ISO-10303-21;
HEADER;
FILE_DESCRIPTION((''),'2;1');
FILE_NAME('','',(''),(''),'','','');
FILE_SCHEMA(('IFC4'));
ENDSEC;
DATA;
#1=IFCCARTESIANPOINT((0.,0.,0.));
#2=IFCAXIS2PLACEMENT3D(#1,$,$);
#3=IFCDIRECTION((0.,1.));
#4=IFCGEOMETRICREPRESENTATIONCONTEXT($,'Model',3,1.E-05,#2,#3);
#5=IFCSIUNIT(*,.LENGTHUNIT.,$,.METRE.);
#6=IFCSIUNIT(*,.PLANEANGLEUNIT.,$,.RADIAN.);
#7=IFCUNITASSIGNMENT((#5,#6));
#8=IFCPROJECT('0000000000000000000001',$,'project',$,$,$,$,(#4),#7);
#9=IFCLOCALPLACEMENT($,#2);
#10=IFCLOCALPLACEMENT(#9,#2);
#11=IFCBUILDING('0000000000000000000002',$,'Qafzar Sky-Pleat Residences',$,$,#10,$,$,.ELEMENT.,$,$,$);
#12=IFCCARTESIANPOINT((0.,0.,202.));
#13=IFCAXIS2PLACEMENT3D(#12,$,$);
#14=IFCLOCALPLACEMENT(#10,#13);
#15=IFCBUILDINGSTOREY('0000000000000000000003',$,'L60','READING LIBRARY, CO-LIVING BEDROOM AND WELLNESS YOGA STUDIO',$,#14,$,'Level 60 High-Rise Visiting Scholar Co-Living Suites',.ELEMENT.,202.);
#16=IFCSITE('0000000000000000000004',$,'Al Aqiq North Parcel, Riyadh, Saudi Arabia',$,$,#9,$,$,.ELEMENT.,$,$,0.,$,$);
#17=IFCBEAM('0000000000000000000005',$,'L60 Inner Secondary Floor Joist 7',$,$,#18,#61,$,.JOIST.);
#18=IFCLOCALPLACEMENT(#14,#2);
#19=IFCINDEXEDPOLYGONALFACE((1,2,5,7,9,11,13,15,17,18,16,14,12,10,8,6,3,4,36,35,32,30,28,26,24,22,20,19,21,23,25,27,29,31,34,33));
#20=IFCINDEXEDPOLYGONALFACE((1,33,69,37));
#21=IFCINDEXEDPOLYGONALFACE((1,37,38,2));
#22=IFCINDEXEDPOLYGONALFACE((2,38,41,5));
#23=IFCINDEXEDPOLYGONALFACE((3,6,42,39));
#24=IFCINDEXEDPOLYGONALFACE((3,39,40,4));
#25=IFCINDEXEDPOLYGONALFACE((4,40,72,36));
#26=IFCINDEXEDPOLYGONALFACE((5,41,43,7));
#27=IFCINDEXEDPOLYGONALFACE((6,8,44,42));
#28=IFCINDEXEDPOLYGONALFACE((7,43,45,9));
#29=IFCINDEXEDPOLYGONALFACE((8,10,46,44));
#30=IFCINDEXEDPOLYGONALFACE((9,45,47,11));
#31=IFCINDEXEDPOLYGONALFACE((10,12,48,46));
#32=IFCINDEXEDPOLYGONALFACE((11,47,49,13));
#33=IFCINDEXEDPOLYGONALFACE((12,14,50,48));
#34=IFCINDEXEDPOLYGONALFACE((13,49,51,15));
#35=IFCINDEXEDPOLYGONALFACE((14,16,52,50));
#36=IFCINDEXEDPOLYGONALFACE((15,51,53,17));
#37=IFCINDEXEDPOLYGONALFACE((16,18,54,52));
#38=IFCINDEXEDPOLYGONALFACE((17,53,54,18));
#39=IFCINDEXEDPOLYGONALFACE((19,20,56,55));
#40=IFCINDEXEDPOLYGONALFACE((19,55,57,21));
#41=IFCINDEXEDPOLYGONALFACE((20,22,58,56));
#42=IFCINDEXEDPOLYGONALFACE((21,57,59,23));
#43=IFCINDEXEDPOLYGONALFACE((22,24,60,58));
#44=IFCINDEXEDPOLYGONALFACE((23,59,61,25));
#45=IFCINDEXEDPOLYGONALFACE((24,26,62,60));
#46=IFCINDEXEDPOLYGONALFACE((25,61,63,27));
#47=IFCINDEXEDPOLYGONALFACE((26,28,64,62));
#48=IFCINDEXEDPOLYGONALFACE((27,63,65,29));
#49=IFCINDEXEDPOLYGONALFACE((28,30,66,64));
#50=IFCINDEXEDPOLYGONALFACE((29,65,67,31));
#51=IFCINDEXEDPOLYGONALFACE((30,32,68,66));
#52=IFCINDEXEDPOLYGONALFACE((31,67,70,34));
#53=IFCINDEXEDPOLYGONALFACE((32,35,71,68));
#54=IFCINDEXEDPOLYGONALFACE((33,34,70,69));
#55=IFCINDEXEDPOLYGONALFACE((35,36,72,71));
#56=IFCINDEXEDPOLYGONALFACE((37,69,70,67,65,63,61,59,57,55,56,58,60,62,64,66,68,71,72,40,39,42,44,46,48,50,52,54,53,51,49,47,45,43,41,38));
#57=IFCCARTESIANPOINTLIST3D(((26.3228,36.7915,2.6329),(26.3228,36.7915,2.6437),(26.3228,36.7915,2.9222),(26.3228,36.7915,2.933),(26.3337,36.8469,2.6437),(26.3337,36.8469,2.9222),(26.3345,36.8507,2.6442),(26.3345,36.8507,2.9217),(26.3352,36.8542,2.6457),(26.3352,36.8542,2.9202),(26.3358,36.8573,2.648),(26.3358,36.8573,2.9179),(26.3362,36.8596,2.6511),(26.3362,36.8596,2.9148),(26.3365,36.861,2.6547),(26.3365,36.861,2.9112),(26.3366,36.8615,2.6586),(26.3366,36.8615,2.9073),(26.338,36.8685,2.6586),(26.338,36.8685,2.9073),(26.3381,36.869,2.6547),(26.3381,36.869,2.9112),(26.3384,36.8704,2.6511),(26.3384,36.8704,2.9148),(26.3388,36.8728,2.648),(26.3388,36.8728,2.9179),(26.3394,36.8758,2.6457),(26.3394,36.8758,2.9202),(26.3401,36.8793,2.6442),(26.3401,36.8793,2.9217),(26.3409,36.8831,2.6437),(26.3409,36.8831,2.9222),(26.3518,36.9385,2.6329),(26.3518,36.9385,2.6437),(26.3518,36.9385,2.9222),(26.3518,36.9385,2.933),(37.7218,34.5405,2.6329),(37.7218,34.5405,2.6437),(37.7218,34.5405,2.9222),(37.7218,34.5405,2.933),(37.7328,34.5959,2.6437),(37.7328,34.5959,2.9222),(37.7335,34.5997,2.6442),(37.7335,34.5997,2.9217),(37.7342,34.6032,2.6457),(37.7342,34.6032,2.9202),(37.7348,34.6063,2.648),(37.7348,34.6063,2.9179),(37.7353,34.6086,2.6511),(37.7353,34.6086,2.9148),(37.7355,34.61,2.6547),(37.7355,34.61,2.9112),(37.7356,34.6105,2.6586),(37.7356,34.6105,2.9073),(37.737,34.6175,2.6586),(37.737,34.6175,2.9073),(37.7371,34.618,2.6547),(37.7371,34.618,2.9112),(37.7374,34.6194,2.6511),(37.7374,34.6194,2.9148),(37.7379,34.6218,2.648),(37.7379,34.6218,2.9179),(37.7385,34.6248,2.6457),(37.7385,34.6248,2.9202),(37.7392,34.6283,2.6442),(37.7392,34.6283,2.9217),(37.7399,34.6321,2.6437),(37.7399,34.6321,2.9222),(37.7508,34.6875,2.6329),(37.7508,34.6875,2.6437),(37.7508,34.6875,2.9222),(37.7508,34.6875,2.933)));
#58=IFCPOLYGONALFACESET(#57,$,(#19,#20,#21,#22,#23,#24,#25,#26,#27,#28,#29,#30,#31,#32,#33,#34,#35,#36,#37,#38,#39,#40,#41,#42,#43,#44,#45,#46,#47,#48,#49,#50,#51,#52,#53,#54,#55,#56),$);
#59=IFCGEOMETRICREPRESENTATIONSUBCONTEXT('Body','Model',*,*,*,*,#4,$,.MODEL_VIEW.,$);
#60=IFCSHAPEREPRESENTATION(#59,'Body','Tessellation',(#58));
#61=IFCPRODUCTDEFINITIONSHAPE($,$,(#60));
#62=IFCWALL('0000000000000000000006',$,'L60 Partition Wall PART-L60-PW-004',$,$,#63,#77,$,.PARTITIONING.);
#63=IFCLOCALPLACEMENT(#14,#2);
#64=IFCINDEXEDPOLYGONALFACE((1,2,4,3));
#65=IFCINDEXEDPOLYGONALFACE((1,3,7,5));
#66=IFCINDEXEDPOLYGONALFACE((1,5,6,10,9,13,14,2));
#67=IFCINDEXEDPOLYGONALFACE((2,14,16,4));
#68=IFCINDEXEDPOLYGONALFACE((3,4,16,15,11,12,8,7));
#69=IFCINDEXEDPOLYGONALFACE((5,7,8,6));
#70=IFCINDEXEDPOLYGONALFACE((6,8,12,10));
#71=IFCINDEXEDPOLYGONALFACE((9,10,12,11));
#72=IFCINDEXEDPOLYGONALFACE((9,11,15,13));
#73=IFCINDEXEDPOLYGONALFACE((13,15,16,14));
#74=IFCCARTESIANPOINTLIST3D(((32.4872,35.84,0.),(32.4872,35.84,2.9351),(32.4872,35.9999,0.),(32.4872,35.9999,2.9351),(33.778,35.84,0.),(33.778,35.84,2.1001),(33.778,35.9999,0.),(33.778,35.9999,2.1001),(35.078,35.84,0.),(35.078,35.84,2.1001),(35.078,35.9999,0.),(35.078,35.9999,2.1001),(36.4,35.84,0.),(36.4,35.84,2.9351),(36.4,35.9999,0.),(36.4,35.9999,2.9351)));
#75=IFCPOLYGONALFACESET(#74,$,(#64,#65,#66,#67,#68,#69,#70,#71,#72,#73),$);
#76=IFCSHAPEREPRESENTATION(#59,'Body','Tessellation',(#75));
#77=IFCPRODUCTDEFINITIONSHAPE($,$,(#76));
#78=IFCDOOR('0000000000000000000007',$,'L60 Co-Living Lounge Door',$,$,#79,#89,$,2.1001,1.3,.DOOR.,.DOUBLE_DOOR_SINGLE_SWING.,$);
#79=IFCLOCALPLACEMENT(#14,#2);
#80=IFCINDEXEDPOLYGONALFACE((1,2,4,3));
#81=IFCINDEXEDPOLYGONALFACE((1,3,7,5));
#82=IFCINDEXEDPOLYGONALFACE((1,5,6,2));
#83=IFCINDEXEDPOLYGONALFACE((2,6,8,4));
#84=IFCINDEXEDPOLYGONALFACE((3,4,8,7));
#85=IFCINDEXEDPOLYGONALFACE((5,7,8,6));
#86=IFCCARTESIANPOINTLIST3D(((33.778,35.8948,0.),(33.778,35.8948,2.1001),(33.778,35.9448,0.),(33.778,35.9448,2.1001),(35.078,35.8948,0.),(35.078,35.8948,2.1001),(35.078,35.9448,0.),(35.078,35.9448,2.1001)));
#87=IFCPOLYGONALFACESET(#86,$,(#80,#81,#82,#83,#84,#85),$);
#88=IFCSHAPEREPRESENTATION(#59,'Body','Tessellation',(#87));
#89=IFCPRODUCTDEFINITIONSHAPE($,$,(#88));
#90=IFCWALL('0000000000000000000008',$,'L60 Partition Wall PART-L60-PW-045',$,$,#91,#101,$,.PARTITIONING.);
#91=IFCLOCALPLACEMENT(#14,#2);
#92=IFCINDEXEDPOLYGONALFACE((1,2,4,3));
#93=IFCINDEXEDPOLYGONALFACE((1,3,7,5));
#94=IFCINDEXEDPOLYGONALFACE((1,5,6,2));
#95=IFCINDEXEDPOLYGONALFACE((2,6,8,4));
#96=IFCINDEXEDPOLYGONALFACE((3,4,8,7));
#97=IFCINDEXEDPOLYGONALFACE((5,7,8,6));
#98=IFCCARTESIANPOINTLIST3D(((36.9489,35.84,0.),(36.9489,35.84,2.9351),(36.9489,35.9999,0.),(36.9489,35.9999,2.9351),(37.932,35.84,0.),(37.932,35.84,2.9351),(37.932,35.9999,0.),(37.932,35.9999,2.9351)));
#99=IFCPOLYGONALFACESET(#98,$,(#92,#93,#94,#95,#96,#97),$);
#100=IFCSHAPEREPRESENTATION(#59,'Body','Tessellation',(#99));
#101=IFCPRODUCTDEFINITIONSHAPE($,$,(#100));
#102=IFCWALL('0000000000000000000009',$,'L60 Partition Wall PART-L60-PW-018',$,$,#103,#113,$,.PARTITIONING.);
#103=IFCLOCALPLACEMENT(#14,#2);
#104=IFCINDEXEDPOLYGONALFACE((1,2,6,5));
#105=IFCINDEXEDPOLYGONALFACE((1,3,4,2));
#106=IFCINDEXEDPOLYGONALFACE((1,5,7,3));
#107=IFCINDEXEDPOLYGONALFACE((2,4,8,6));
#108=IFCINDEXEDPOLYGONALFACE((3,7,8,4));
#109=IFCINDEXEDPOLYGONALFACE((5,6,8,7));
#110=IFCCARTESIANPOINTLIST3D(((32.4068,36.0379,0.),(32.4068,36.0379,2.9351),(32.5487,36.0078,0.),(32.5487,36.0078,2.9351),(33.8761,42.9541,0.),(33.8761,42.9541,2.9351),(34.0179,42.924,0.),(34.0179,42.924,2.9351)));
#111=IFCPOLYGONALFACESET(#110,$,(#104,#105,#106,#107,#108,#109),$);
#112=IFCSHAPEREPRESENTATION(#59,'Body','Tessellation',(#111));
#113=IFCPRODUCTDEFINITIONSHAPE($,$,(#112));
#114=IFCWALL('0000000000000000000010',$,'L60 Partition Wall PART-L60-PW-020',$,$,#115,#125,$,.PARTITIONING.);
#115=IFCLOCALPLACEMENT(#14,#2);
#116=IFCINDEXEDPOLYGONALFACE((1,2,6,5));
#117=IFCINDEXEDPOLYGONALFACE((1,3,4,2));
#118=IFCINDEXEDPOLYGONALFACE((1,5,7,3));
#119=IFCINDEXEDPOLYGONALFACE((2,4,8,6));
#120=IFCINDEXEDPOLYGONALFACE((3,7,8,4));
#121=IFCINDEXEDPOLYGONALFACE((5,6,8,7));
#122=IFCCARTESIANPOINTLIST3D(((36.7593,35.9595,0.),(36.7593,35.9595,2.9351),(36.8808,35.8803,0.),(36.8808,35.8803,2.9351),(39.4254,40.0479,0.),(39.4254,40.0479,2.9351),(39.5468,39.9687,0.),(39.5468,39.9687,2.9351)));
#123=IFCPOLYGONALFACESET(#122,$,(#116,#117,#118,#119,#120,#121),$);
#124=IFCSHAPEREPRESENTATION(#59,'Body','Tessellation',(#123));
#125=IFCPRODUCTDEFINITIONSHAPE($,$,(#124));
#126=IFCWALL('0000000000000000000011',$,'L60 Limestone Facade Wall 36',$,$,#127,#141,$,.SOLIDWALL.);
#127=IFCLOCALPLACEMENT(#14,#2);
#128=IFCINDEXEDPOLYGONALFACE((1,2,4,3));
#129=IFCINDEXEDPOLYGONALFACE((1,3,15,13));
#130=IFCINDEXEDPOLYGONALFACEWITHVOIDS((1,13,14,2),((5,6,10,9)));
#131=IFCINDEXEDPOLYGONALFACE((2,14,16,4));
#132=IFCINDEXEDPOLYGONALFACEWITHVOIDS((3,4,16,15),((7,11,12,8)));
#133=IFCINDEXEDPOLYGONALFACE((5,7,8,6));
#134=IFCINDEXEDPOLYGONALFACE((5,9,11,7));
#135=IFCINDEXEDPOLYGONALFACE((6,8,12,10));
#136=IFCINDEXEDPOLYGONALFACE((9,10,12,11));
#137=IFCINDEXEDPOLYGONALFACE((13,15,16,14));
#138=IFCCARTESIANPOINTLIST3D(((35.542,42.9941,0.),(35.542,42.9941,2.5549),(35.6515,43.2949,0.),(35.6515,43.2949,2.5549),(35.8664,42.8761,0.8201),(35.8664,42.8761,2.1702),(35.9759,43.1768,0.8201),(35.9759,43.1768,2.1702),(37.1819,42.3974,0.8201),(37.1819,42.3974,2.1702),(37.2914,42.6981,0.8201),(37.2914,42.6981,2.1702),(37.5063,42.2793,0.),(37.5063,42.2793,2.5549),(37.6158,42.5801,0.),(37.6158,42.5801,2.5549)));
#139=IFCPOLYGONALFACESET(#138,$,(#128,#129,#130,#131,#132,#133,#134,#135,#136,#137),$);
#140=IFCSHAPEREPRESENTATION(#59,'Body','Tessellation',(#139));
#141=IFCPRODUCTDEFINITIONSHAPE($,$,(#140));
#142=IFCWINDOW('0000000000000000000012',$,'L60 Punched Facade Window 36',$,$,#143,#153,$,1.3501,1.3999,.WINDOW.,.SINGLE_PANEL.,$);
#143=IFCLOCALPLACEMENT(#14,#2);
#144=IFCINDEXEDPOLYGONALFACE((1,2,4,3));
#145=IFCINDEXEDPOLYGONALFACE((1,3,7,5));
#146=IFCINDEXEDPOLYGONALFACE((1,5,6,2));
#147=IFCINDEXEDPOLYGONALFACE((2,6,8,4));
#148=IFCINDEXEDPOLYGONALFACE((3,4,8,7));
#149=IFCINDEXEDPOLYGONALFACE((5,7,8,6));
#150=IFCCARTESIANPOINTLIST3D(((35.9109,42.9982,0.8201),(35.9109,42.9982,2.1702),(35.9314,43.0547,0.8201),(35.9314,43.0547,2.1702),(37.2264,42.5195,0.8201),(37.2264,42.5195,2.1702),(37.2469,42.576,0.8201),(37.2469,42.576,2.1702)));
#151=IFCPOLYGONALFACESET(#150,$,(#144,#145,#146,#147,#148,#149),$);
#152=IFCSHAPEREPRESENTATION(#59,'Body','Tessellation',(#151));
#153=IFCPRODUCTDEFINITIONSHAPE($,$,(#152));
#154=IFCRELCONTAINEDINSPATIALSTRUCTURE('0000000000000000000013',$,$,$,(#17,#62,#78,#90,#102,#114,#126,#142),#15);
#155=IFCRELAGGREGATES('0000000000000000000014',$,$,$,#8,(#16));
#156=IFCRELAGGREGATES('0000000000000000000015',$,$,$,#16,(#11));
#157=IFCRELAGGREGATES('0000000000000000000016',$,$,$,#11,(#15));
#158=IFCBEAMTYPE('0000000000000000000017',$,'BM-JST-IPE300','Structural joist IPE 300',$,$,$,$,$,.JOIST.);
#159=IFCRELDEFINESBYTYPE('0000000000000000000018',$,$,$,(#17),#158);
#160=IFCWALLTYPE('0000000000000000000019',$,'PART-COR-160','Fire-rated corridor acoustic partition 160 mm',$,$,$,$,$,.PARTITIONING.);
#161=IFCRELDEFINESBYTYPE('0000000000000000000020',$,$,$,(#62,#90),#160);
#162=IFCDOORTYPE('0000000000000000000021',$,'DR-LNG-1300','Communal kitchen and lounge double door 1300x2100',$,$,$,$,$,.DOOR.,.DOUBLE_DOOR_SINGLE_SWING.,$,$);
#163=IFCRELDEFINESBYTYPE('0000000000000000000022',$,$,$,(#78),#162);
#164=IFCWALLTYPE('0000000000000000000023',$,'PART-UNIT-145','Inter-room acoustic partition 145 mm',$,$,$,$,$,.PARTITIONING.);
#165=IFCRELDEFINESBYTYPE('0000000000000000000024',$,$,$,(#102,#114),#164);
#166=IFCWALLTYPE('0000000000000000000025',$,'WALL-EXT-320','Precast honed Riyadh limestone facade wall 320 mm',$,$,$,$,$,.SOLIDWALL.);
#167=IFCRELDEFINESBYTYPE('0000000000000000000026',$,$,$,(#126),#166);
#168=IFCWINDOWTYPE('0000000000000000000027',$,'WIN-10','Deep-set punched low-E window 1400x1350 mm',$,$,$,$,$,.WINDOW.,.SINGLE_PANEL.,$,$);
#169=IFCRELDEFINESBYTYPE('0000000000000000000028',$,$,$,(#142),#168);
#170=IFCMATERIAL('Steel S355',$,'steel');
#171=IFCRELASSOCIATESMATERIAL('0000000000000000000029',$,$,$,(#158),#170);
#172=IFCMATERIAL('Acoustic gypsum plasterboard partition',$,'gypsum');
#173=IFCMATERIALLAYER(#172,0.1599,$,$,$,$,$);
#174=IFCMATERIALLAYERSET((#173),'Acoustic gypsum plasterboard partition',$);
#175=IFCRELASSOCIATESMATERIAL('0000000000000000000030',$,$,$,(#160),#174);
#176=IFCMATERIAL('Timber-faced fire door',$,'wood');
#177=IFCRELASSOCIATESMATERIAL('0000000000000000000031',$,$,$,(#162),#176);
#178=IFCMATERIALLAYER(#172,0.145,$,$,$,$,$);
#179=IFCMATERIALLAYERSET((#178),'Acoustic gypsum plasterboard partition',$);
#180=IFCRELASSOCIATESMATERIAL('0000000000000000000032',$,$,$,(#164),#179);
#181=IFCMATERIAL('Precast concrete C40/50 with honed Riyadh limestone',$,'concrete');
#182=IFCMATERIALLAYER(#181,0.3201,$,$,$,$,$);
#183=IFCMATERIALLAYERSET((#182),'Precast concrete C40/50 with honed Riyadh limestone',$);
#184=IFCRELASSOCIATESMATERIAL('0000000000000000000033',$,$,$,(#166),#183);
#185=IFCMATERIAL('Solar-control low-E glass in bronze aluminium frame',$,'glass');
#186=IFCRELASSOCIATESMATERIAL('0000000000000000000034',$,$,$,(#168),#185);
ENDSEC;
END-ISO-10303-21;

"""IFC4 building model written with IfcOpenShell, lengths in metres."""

from ifc_helpers import new_model, si_unit, direction, frame, frame_2d, origin, origin_2d, place, context, subcontext, project, spatial, rectangle, i_section, extrude, source, transform, mapped, material, layer, layer_set, material_profile, profile_set, type_object, element, fill, save


model = new_model("IFC4")

# Units and contexts
model_context = context("Model", 3, precision=1e-05, world=origin(), true_north=direction((0.0, 1.0)))
body_context = subcontext(model_context, "Body", "Model", "MODEL_VIEW")
ifc_project = project(units=[si_unit("LENGTHUNIT", "METRE"), si_unit("PLANEANGLEUNIT", "RADIAN")], contexts=[model_context])

# Site, building, storey
site_placement = place(None, origin())
site = spatial("IfcSite", under=ifc_project, at=site_placement, Name="Al Aqiq North Parcel, Riyadh, Saudi Arabia", CompositionType="ELEMENT", RefElevation=0.0)
building_placement = place(site_placement, origin())
building = spatial("IfcBuilding", under=site, at=building_placement, Name="Qafzar Sky-Pleat Residences", CompositionType="ELEMENT")
storey_placement = place(building_placement, frame((0.0, 0.0, 202.0)))
storey = spatial("IfcBuildingStorey", under=building, at=storey_placement, Name="L60", Description="READING LIBRARY, CO-LIVING BEDROOM AND WELLNESS YOGA STUDIO", LongName="Level 60 High-Rise Visiting Scholar Co-Living Suites", CompositionType="ELEMENT", Elevation=202.0)

# Shared definitions
ifc_material_1 = material(Name="Steel S355", Category="steel")

# Beam
ifc_material_profile_1 = material_profile(ifc_material_1, i_section(OverallWidth=0.1499, OverallDepth=0.3, WebThickness=0.0071, FlangeThickness=0.0107, FilletRadius=0.0149, at=origin_2d()), Name="IPE 300")
ifc_profile_set_1 = profile_set([ifc_material_profile_1], Name="Steel S355")
beam_type_1 = type_object("IfcBeamType", Name="BM-JST-IPE300", Description="Structural joist IPE 300", PredefinedType="JOIST", material=ifc_profile_set_1)
shared_shape_1 = source(origin(), body_context, "Body", "SweptSolid", [
    extrude(i_section(OverallWidth=0.1499, OverallDepth=0.3, WebThickness=0.0071, FlangeThickness=0.0107, FilletRadius=0.0149, at=origin_2d()), origin(), (0.0, 0.0, 1.0), 11.6191),
])
beam_1_placement = place(storey_placement, frame((37.7363, 34.614, 2.783), z_axis=(-0.981055, 0.193731, 0.0), x_axis=(-0.193731, -0.981055, 0.0)))
element("IfcBeam", 1, at=beam_1_placement, inside=storey, type_object=beam_type_1, Name="L60 Inner Secondary Floor Joist 7", PredefinedType="JOIST", context=body_context, shape_type="MappedRepresentation", body=[
    mapped(shared_shape_1, transform((0.0, 0.0, 0.0), x_axis=(1.0, 0.0, 0.0), y_axis=(0.0, 1.0, 0.0), z_axis=(0.0, 0.0, 1.0), scale=1.0)),
])

# Wall, opening, door
ifc_material_2 = material(Name="Acoustic gypsum plasterboard partition", Category="gypsum")
ifc_layer_1 = layer(ifc_material_2, 0.1599)
ifc_layer_set_1 = layer_set([ifc_layer_1], Name="Acoustic gypsum plasterboard partition")
wall_type_1 = type_object("IfcWallType", Name="PART-COR-160", Description="Fire-rated corridor acoustic partition 160 mm", PredefinedType="PARTITIONING", material=ifc_layer_set_1)
wall_1_placement = place(storey_placement, frame((32.4871, 35.9199, 0.0), z_axis=(0.0, 0.0, 1.0), x_axis=(1.0, 0.0, 0.0)))
wall_1 = element("IfcWall", 2, at=wall_1_placement, inside=storey, type_object=wall_type_1, Name="L60 Partition Wall PART-L60-PW-004", PredefinedType="PARTITIONING", context=body_context, shape_type="SweptSolid", body=[
    extrude(rectangle(XDim=3.9128, YDim=0.1599, at=frame_2d((1.9565, 0.0))), origin(), (0.0, 0.0, 1.0), 2.9351),
])
opening_1_placement = place(wall_1_placement, frame((1.291, 0.0, 0.0)))
opening_1 = element("IfcOpeningElement", 3, at=opening_1_placement, cuts=wall_1, PredefinedType="OPENING", context=body_context, shape_type="SweptSolid", body=[
    extrude(rectangle(XDim=1.3, YDim=2.1001, at=frame_2d((0.6499, 1.05))), frame((0.0, 0.0898, 0.0), z_axis=(0.0, -1.0, 0.0), x_axis=(1.0, 0.0, 0.0)), (0.0, 0.0, 1.0), 0.1799),
])
ifc_material_3 = material(Name="Timber-faced fire door", Category="wood")
door_type_1 = type_object("IfcDoorType", Name="DR-LNG-1300", Description="Communal kitchen and lounge double door 1300x2100", OperationType="DOUBLE_DOOR_SINGLE_SWING", PredefinedType="DOOR", material=ifc_material_3)
shared_shape_2 = source(origin(), body_context, "Body", "SweptSolid", [
    extrude(rectangle(XDim=1.3, YDim=2.1001, at=frame_2d((0.6499, 1.05))), frame((0.0, 0.0249, 0.0), z_axis=(0.0, -1.0, 0.0), x_axis=(1.0, 0.0, 0.0)), (0.0, 0.0, 1.0), 0.05),
])
door_1_placement = place(opening_1_placement, origin())
door_1 = element("IfcDoor", 4, at=door_1_placement, inside=storey, type_object=door_type_1, Name="L60 Co-Living Lounge Door", OperationType="DOUBLE_DOOR_SINGLE_SWING", OverallHeight=2.1001, OverallWidth=1.3, PredefinedType="DOOR", context=body_context, shape_type="MappedRepresentation", body=[
    mapped(shared_shape_2, transform((0.0, 0.0, 0.0), x_axis=(1.0, 0.0, 0.0), y_axis=(0.0, 1.0, 0.0), z_axis=(0.0, 0.0, 1.0), scale=1.0)),
])
fill(opening_1, door_1)

# Walls
wall_2_placement = place(storey_placement, frame((36.9487, 35.9199, 0.0), z_axis=(0.0, 0.0, 1.0), x_axis=(1.0, 0.0, 0.0)))
element("IfcWall", 5, at=wall_2_placement, inside=storey, type_object=wall_type_1, Name="L60 Partition Wall PART-L60-PW-045", PredefinedType="PARTITIONING", context=body_context, shape_type="SweptSolid", body=[
    extrude(rectangle(XDim=0.9832, YDim=0.1599, at=frame_2d((0.4917, 0.0))), origin(), (0.0, 0.0, 1.0), 2.9351),
])
ifc_layer_2 = layer(ifc_material_2, 0.145)
ifc_layer_set_2 = layer_set([ifc_layer_2], Name="Acoustic gypsum plasterboard partition")
wall_type_2 = type_object("IfcWallType", Name="PART-UNIT-145", Description="Inter-room acoustic partition 145 mm", PredefinedType="PARTITIONING", material=ifc_layer_set_2)
wall_3_placement = place(storey_placement, frame((32.4778, 36.0229, 0.0), z_axis=(0.0, 0.0, 1.0), x_axis=(0.207796, 0.978172, 0.0)))
element("IfcWall", 6, at=wall_3_placement, inside=storey, type_object=wall_type_2, Name="L60 Partition Wall PART-L60-PW-018", PredefinedType="PARTITIONING", context=body_context, shape_type="SweptSolid", body=[
    extrude(rectangle(XDim=7.0706, YDim=0.145, at=frame_2d((3.5352, 0.0))), origin(), (0.0, 0.0, 1.0), 2.9351),
])
wall_4_placement = place(storey_placement, frame((36.8201, 35.9199, 0.0), z_axis=(0.0, 0.0, 1.0), x_axis=(0.546222, 0.83764, 0.0)))
element("IfcWall", 7, at=wall_4_placement, inside=storey, type_object=wall_type_2, Name="L60 Partition Wall PART-L60-PW-020", PredefinedType="PARTITIONING", context=body_context, shape_type="SweptSolid", body=[
    extrude(rectangle(XDim=4.8809, YDim=0.145, at=frame_2d((2.4404, 0.0))), origin(), (0.0, 0.0, 1.0), 2.9351),
])

# Wall, opening, window
ifc_material_4 = material(Name="Precast concrete C40/50 with honed Riyadh limestone", Category="concrete")
ifc_layer_3 = layer(ifc_material_4, 0.3201)
ifc_layer_set_3 = layer_set([ifc_layer_3], Name="Precast concrete C40/50 with honed Riyadh limestone")
wall_type_3 = type_object("IfcWallType", Name="WALL-EXT-320", Description="Precast honed Riyadh limestone facade wall 320 mm", PredefinedType="SOLIDWALL", material=ifc_layer_set_3)
wall_5_placement = place(storey_placement, frame((37.561, 42.4297, 0.0), z_axis=(0.0, 0.0, 1.0), x_axis=(-0.939712, 0.341968, 0.0)))
wall_5 = element("IfcWall", 8, at=wall_5_placement, inside=storey, type_object=wall_type_3, Name="L60 Limestone Facade Wall 36", PredefinedType="SOLIDWALL", context=body_context, shape_type="SweptSolid", body=[
    extrude(rectangle(XDim=2.0903, YDim=0.3201, at=frame_2d((1.0452, 0.0))), origin(), (0.0, 0.0, 1.0), 2.5549),
])
opening_2_placement = place(wall_5_placement, frame((0.3452, 0.0, 0.8201)))
opening_2 = element("IfcOpeningElement", 9, at=opening_2_placement, cuts=wall_5, PredefinedType="OPENING", context=body_context, shape_type="SweptSolid", body=[
    extrude(rectangle(XDim=1.3999, YDim=1.3501, at=frame_2d((0.7, 0.675))), frame((0.0, 0.1699, 0.0), z_axis=(0.0, -1.0, 0.0), x_axis=(1.0, 0.0, 0.0)), (0.0, 0.0, 1.0), 0.3401),
])
ifc_material_5 = material(Name="Solar-control low-E glass in bronze aluminium frame", Category="glass")
window_type_1 = type_object("IfcWindowType", Name="WIN-10", Description="Deep-set punched low-E window 1400x1350 mm", PartitioningType="SINGLE_PANEL", PredefinedType="WINDOW", material=ifc_material_5)
shared_shape_3 = source(origin(), body_context, "Body", "SweptSolid", [
    extrude(rectangle(XDim=1.3999, YDim=1.3501, at=frame_2d((0.7, 0.675))), frame((0.0, 0.03, 0.0), z_axis=(0.0, -1.0, 0.0), x_axis=(1.0, 0.0, 0.0)), (0.0, 0.0, 1.0), 0.0601),
])
window_1_placement = place(opening_2_placement, origin())
window_1 = element("IfcWindow", 10, at=window_1_placement, inside=storey, type_object=window_type_1, Name="L60 Punched Facade Window 36", OverallHeight=1.3501, OverallWidth=1.3999, PartitioningType="SINGLE_PANEL", PredefinedType="WINDOW", context=body_context, shape_type="MappedRepresentation", body=[
    mapped(shared_shape_3, transform((0.0, 0.0, 0.0), x_axis=(1.0, 0.0, 0.0), y_axis=(0.0, 1.0, 0.0), z_axis=(0.0, 0.0, 1.0), scale=1.0)),
])
fill(opening_2, window_1)

save(model, "model.ifc")
